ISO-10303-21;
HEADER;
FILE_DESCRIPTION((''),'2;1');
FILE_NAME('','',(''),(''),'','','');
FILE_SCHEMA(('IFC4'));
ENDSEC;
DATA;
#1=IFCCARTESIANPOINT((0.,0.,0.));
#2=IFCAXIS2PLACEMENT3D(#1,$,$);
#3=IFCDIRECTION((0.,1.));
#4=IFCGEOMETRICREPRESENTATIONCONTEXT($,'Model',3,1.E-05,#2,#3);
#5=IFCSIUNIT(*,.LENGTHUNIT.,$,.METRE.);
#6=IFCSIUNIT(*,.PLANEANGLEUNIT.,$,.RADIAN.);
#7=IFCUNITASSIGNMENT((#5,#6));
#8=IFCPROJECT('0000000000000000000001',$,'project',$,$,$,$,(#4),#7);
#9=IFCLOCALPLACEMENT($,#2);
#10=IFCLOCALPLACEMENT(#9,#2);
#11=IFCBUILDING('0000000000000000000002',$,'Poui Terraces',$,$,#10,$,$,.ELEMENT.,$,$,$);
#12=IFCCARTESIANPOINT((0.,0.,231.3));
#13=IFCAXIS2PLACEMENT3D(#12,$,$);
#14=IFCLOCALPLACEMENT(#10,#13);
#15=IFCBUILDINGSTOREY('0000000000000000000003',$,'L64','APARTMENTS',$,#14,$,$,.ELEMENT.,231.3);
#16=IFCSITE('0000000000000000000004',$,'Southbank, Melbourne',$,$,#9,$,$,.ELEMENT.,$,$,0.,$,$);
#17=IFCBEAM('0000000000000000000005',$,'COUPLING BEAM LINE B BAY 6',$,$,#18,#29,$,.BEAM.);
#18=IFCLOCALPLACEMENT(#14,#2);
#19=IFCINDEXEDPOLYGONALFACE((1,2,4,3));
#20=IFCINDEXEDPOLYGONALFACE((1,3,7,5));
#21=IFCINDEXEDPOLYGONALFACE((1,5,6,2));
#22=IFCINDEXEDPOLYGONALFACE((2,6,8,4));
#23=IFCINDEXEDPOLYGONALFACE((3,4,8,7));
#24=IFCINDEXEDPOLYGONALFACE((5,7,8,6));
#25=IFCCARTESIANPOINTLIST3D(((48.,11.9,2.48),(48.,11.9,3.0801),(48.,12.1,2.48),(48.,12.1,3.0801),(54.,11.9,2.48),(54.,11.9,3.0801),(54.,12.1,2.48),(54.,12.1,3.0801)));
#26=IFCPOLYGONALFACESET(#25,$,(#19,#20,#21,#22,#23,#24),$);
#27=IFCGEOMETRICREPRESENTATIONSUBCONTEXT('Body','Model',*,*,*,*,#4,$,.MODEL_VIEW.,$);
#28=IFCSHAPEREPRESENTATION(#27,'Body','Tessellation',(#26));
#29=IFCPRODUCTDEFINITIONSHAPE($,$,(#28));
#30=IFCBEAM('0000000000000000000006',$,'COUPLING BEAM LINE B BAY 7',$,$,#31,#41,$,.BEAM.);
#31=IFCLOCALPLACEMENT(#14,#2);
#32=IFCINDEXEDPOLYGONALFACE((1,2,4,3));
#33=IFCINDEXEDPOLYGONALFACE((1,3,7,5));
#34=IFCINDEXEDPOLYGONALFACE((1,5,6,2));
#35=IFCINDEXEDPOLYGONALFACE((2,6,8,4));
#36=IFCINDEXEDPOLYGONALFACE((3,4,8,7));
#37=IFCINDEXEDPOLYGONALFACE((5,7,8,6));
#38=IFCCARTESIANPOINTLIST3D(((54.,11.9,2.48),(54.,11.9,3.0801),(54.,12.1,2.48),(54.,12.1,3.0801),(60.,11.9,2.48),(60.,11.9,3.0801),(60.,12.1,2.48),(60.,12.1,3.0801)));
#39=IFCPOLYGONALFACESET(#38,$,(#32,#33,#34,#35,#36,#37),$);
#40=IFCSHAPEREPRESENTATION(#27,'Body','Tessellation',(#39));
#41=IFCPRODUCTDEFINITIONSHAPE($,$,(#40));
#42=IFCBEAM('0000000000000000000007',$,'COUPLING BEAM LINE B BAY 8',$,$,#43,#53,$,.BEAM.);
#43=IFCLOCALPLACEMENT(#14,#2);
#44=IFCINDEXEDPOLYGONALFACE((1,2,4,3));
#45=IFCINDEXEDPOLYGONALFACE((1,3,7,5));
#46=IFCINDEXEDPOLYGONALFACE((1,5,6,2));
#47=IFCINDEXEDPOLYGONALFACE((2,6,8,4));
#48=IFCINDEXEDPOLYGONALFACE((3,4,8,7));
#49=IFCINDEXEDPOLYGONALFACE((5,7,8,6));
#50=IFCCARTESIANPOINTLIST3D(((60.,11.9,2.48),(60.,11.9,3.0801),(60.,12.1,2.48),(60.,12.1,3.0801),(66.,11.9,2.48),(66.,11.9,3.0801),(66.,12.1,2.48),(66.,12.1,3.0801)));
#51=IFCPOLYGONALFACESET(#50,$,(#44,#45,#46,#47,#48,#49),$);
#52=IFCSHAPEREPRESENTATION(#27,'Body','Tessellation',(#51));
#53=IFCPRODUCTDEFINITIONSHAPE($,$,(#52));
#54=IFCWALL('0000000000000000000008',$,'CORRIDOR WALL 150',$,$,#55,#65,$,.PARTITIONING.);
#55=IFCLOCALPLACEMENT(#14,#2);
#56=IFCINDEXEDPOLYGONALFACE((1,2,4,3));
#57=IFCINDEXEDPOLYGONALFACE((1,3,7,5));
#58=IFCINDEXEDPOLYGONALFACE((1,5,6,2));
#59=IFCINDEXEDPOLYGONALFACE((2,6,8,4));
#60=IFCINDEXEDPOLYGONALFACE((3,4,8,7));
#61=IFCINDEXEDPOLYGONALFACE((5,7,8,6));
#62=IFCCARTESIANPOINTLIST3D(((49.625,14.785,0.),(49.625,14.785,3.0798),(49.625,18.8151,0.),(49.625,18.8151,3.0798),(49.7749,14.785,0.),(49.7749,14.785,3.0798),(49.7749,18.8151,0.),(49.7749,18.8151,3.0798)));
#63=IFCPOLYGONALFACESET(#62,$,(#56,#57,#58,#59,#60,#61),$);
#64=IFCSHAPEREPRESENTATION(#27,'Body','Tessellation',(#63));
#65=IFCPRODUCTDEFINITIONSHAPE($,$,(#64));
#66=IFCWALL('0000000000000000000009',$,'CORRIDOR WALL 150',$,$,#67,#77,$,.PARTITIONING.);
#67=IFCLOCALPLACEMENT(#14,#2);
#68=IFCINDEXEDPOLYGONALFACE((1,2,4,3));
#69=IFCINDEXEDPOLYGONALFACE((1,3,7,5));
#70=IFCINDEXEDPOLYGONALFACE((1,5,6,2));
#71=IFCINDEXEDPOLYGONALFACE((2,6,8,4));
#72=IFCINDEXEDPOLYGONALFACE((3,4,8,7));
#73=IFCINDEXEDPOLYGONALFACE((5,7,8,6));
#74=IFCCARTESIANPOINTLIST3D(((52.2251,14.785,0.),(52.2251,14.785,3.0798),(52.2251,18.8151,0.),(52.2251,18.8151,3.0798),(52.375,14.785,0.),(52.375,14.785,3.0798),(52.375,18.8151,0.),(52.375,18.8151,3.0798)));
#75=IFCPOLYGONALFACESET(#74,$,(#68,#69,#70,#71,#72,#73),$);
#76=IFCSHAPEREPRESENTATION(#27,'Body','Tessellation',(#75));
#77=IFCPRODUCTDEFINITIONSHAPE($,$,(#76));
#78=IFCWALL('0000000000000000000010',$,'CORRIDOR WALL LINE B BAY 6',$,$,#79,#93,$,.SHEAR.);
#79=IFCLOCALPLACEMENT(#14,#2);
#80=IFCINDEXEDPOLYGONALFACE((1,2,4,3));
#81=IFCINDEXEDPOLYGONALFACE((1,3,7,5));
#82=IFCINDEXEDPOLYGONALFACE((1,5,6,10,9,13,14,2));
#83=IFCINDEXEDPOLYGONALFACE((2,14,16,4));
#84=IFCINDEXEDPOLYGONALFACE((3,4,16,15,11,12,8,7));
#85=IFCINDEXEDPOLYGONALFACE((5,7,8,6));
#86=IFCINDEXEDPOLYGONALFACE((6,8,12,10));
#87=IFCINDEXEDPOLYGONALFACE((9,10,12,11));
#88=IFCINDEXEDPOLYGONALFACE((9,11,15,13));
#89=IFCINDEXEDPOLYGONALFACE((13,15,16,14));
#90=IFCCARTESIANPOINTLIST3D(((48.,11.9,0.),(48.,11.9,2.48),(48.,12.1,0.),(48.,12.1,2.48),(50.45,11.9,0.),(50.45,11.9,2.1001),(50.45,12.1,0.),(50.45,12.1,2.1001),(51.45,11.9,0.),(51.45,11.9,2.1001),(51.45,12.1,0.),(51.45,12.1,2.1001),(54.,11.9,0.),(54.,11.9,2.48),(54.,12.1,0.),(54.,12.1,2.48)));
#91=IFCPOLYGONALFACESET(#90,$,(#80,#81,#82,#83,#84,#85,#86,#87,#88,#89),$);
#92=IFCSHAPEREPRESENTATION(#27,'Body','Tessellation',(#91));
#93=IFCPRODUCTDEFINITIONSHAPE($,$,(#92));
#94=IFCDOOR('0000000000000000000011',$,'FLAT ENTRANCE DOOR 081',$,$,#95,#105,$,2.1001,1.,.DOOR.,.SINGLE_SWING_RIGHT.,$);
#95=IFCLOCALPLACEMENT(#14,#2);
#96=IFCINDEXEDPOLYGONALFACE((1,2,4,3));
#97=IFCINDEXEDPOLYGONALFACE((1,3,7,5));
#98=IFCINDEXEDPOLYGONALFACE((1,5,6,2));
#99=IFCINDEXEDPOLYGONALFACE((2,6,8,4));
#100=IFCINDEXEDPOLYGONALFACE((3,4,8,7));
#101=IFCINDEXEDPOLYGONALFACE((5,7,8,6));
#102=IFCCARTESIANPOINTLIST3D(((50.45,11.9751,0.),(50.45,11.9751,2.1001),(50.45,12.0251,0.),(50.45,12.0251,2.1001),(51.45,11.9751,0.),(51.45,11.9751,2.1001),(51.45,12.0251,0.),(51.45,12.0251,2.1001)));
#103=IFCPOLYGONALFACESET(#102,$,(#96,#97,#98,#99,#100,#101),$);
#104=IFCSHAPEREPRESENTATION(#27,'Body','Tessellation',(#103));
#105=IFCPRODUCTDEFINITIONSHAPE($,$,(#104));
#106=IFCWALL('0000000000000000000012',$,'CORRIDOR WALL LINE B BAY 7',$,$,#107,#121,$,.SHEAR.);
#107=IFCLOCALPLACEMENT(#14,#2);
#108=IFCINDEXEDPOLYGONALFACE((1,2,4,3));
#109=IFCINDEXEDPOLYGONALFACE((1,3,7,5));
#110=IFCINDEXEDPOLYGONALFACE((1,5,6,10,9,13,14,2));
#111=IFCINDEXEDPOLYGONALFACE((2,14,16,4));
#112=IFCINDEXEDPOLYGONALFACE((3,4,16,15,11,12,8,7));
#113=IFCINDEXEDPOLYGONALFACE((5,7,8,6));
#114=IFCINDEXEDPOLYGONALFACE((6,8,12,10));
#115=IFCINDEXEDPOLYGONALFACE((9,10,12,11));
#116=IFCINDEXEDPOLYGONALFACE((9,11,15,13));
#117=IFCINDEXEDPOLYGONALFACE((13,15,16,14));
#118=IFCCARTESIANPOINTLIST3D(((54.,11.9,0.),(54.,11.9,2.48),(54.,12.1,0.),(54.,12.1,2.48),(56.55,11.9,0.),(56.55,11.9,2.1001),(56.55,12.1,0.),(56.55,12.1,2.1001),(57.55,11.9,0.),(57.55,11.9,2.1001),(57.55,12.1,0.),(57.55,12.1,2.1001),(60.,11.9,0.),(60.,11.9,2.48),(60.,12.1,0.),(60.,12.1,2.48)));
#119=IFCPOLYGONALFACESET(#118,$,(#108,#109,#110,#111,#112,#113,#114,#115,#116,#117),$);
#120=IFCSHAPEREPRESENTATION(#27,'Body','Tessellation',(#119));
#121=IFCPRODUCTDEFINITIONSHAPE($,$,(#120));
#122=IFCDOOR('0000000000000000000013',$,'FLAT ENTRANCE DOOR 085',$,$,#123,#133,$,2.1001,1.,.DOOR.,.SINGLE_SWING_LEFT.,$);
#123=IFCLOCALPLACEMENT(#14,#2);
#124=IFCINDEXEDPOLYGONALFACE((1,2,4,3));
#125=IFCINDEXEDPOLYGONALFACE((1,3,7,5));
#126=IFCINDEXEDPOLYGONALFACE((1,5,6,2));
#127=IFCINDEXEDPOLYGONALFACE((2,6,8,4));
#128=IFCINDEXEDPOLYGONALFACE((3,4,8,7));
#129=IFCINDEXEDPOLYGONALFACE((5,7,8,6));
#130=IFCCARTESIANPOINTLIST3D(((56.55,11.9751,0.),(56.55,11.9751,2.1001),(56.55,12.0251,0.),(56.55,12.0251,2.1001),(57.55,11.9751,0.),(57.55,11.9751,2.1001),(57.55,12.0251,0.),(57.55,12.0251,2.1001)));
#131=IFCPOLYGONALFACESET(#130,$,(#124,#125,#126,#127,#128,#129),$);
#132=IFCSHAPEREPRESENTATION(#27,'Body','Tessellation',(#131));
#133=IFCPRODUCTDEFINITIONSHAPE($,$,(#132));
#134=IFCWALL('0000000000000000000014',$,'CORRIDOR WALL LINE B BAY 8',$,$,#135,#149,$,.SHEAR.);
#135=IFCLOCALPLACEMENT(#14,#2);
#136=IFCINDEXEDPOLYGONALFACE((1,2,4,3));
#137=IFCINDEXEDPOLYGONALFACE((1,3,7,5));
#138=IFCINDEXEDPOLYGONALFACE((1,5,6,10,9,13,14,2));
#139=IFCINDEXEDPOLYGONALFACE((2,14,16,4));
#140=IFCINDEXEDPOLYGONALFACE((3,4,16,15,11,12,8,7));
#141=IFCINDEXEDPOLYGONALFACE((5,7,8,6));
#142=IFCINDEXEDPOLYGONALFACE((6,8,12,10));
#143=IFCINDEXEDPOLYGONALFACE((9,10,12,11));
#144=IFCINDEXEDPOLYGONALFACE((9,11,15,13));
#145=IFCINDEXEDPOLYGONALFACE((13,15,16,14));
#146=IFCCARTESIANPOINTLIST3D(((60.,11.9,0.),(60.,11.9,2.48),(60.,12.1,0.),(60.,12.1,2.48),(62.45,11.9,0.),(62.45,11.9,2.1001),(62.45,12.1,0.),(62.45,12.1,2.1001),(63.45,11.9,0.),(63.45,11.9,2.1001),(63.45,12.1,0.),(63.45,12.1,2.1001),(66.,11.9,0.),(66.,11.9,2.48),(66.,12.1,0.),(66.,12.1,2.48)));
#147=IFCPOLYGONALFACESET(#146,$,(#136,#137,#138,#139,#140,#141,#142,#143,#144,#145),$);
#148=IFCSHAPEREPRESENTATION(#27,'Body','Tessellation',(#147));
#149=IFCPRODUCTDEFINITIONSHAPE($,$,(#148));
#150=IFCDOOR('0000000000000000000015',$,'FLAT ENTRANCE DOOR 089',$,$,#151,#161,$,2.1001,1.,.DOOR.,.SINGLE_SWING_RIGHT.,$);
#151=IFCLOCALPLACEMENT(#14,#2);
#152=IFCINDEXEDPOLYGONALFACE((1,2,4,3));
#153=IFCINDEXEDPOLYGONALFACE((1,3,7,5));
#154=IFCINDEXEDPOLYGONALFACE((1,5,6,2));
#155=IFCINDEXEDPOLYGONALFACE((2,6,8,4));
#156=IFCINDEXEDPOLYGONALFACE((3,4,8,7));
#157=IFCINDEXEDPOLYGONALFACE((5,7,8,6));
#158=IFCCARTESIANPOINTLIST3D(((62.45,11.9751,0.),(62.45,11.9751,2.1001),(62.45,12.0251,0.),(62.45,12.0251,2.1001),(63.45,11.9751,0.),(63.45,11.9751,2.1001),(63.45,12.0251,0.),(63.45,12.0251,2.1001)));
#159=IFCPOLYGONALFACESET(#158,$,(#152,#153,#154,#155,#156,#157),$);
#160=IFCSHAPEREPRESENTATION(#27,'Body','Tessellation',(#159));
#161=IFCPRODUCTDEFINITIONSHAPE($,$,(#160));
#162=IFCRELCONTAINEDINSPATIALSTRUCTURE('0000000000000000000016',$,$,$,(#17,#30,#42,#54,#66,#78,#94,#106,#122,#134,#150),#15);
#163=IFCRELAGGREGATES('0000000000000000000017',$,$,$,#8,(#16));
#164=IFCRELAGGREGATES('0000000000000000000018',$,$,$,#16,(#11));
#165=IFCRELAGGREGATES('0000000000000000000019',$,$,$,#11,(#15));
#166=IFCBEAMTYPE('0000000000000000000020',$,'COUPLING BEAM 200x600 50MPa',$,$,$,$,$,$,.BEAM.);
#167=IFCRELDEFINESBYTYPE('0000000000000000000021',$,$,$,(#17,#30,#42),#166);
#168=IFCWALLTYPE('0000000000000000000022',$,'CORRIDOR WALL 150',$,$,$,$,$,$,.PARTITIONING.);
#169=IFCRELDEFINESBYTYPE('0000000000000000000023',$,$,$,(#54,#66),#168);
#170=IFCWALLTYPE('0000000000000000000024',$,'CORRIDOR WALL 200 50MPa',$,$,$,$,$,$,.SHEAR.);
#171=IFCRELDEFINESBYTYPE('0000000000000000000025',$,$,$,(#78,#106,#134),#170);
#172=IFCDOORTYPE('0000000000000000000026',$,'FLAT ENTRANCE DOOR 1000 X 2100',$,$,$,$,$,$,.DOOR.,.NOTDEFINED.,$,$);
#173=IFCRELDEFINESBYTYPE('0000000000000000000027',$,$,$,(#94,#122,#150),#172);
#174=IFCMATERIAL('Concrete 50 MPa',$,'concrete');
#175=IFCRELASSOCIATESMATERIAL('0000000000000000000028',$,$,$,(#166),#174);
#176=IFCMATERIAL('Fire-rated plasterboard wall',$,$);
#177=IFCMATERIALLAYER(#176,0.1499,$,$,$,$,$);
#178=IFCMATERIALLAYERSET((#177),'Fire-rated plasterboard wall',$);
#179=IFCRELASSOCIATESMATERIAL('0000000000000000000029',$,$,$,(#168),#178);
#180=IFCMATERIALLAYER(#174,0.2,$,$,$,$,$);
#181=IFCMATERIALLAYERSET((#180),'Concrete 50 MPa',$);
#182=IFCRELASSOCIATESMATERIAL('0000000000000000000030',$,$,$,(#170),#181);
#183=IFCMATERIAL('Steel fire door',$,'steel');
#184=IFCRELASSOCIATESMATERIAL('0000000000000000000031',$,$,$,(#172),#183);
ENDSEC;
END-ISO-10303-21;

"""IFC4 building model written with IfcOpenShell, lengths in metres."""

from ifc_helpers import new_model, si_unit, direction, frame, frame_2d, origin, origin_2d, place, context, subcontext, project, spatial, rectangle, extrude, source, transform, mapped, material, layer, layer_set, material_profile, profile_set, type_object, element, fill, save


model = new_model("IFC4")

# Units and contexts
model_context = context("Model", 3, precision=1e-05, world=origin(), true_north=direction((0.0, 1.0)))
body_context = subcontext(model_context, "Body", "Model", "MODEL_VIEW")
ifc_project = project(units=[si_unit("LENGTHUNIT", "METRE"), si_unit("PLANEANGLEUNIT", "RADIAN")], contexts=[model_context])

# Site, building, storey
site_placement = place(None, origin())
site = spatial("IfcSite", under=ifc_project, at=site_placement, Name="Southbank, Melbourne", CompositionType="ELEMENT", RefElevation=0.0)
building_placement = place(site_placement, origin())
building = spatial("IfcBuilding", under=site, at=building_placement, Name="Poui Terraces", CompositionType="ELEMENT")
storey_placement = place(building_placement, frame((0.0, 0.0, 231.3)))
storey = spatial("IfcBuildingStorey", under=building, at=storey_placement, Name="L64", Description="APARTMENTS", CompositionType="ELEMENT", Elevation=231.3)

# Beams
ifc_material_1 = material(Name="Concrete 50 MPa", Category="concrete")
ifc_material_profile = material_profile(ifc_material_1, rectangle(XDim=0.2, YDim=0.6001, at=origin_2d()), Name="RC 200x600")
ifc_profile_set = profile_set([ifc_material_profile], Name="Concrete 50 MPa")
beam_type = type_object("IfcBeamType", Name="COUPLING BEAM 200x600 50MPa", PredefinedType="BEAM", material=ifc_profile_set)
shared_shape = source(origin(), body_context, "Body", "SweptSolid", [
    extrude(rectangle(XDim=0.2, YDim=0.6001, at=origin_2d()), origin(), (0.0, 0.0, 1.0), 6.0),
])
for number, where, z_axis, x_axis, name in (
    (1, (48.0, 12.0, 2.78), (1.0, 0.0, 0.0), (0.0, 1.0, 0.0), "COUPLING BEAM LINE B BAY 6"),
    (2, (54.0, 12.0, 2.78), (1.0, 0.0, 0.0), (0.0, 1.0, 0.0), "COUPLING BEAM LINE B BAY 7"),
    (3, (60.0, 12.0, 2.78), (1.0, 0.0, 0.0), (0.0, 1.0, 0.0), "COUPLING BEAM LINE B BAY 8"),
):
    element("IfcBeam", number, at=place(storey_placement, frame(where, z_axis=z_axis, x_axis=x_axis)), inside=storey, type_object=beam_type, Name=name, PredefinedType="BEAM", context=body_context, shape_type="MappedRepresentation", body=[
        mapped(shared_shape, transform((0.0, 0.0, 0.0))),
    ])

# Walls
ifc_material_2 = material(Name="Fire-rated plasterboard wall")
ifc_layer_1 = layer(ifc_material_2, 0.1499)
ifc_layer_set_1 = layer_set([ifc_layer_1], Name="Fire-rated plasterboard wall")
wall_type_1 = type_object("IfcWallType", Name="CORRIDOR WALL 150", PredefinedType="PARTITIONING", material=ifc_layer_set_1)
for number, where, z_axis, x_axis, name in (
    (4, (49.7, 14.7849, 0.0), (0.0, 0.0, 1.0), (0.0, 1.0, 0.0), "CORRIDOR WALL 150"),
    (5, (52.3, 14.7849, 0.0), (0.0, 0.0, 1.0), (0.0, 1.0, 0.0), "CORRIDOR WALL 150"),
):
    element("IfcWall", number, at=place(storey_placement, frame(where, z_axis=z_axis, x_axis=x_axis)), inside=storey, type_object=wall_type_1, Name=name, PredefinedType="PARTITIONING", context=body_context, shape_type="SweptSolid", body=[
        extrude(rectangle(XDim=4.03, YDim=0.1499, at=frame_2d((2.0151, 0.0))), origin(), (0.0, 0.0, 1.0), 3.0798),
    ])

# Walls, openings, doors
ifc_layer_2 = layer(ifc_material_1, 0.2)
ifc_layer_set_2 = layer_set([ifc_layer_2], Name="Concrete 50 MPa")
wall_type_2 = type_object("IfcWallType", Name="CORRIDOR WALL 200 50MPa", PredefinedType="SHEAR", material=ifc_layer_set_2)
wall_1_placement = place(storey_placement, frame((48.0, 12.0, 0.0), z_axis=(0.0, 0.0, 1.0), x_axis=(1.0, 0.0, 0.0)))
wall_1 = element("IfcWall", 6, at=wall_1_placement, inside=storey, type_object=wall_type_2, Name="CORRIDOR WALL LINE B BAY 6", PredefinedType="SHEAR", context=body_context, shape_type="SweptSolid", body=[
    extrude(rectangle(XDim=6.0, YDim=0.2, at=frame_2d((3.0, 0.0))), origin(), (0.0, 0.0, 1.0), 2.48),
])
opening_1_placement = place(wall_1_placement, frame((2.45, 0.0, 0.0)))
opening_1 = element("IfcOpeningElement", 7, at=opening_1_placement, cuts=wall_1, PredefinedType="OPENING", context=body_context, shape_type="SweptSolid", body=[
    extrude(rectangle(XDim=1.0, YDim=2.1001, at=frame_2d((0.5, 1.05))), frame((0.0, 0.1099, 0.0), z_axis=(0.0, -1.0, 0.0), x_axis=(1.0, 0.0, 0.0)), (0.0, 0.0, 1.0), 0.22),
])
ifc_material_3 = material(Name="Steel fire door", Category="steel")
door_type_1 = type_object("IfcDoorType", Name="FLAT ENTRANCE DOOR 1000 X 2100", OperationType="NOTDEFINED", PredefinedType="DOOR", material=ifc_material_3)
door_1_placement = place(opening_1_placement, frame((1.0, 0.0, 0.0), z_axis=(0.0, 0.0, 1.0), x_axis=(-1.0, 0.0, 0.0)))
door_1 = element("IfcDoor", 8, at=door_1_placement, inside=storey, type_object=door_type_1, Name="FLAT ENTRANCE DOOR 081", OperationType="SINGLE_SWING_RIGHT", OverallHeight=2.1001, OverallWidth=1.0, PredefinedType="DOOR", context=body_context, shape_type="SweptSolid", body=[
    extrude(rectangle(XDim=1.0, YDim=2.1001, at=frame_2d((0.5, 1.05))), frame((0.0, 0.0249, 0.0), z_axis=(0.0, -1.0, 0.0), x_axis=(1.0, 0.0, 0.0)), (0.0, 0.0, 1.0), 0.05),
])
fill(opening_1, door_1)
wall_2_placement = place(storey_placement, frame((54.0, 12.0, 0.0), z_axis=(0.0, 0.0, 1.0), x_axis=(1.0, 0.0, 0.0)))
wall_2 = element("IfcWall", 9, at=wall_2_placement, inside=storey, type_object=wall_type_2, Name="CORRIDOR WALL LINE B BAY 7", PredefinedType="SHEAR", context=body_context, shape_type="SweptSolid", body=[
    extrude(rectangle(XDim=6.0, YDim=0.2, at=frame_2d((3.0, 0.0))), origin(), (0.0, 0.0, 1.0), 2.48),
])
opening_2_placement = place(wall_2_placement, frame((2.55, 0.0, 0.0)))
opening_2 = element("IfcOpeningElement", 10, at=opening_2_placement, cuts=wall_2, PredefinedType="OPENING", context=body_context, shape_type="SweptSolid", body=[
    extrude(rectangle(XDim=1.0, YDim=2.1001, at=frame_2d((0.5, 1.05))), frame((0.0, 0.1099, 0.0), z_axis=(0.0, -1.0, 0.0), x_axis=(1.0, 0.0, 0.0)), (0.0, 0.0, 1.0), 0.22),
])
door_2_placement = place(opening_2_placement, frame((1.0, 0.0, 0.0), z_axis=(0.0, 0.0, 1.0), x_axis=(-1.0, 0.0, 0.0)))
door_2 = element("IfcDoor", 11, at=door_2_placement, inside=storey, type_object=door_type_1, Name="FLAT ENTRANCE DOOR 085", OperationType="SINGLE_SWING_LEFT", OverallHeight=2.1001, OverallWidth=1.0, PredefinedType="DOOR", context=body_context, shape_type="SweptSolid", body=[
    extrude(rectangle(XDim=1.0, YDim=2.1001, at=frame_2d((0.5, 1.05))), frame((0.0, 0.0249, 0.0), z_axis=(0.0, -1.0, 0.0), x_axis=(1.0, 0.0, 0.0)), (0.0, 0.0, 1.0), 0.05),
])
fill(opening_2, door_2)
wall_3_placement = place(storey_placement, frame((60.0, 12.0, 0.0), z_axis=(0.0, 0.0, 1.0), x_axis=(1.0, 0.0, 0.0)))
wall_3 = element("IfcWall", 12, at=wall_3_placement, inside=storey, type_object=wall_type_2, Name="CORRIDOR WALL LINE B BAY 8", PredefinedType="SHEAR", context=body_context, shape_type="SweptSolid", body=[
    extrude(rectangle(XDim=6.0, YDim=0.2, at=frame_2d((3.0, 0.0))), origin(), (0.0, 0.0, 1.0), 2.48),
])
opening_3_placement = place(wall_3_placement, frame((2.45, 0.0, 0.0)))
opening_3 = element("IfcOpeningElement", 13, at=opening_3_placement, cuts=wall_3, PredefinedType="OPENING", context=body_context, shape_type="SweptSolid", body=[
    extrude(rectangle(XDim=1.0, YDim=2.1001, at=frame_2d((0.5, 1.05))), frame((0.0, 0.1099, 0.0), z_axis=(0.0, -1.0, 0.0), x_axis=(1.0, 0.0, 0.0)), (0.0, 0.0, 1.0), 0.22),
])
door_3_placement = place(opening_3_placement, frame((1.0, 0.0, 0.0), z_axis=(0.0, 0.0, 1.0), x_axis=(-1.0, 0.0, 0.0)))
door_3 = element("IfcDoor", 14, at=door_3_placement, inside=storey, type_object=door_type_1, Name="FLAT ENTRANCE DOOR 089", OperationType="SINGLE_SWING_RIGHT", OverallHeight=2.1001, OverallWidth=1.0, PredefinedType="DOOR", context=body_context, shape_type="SweptSolid", body=[
    extrude(rectangle(XDim=1.0, YDim=2.1001, at=frame_2d((0.5, 1.05))), frame((0.0, 0.0249, 0.0), z_axis=(0.0, -1.0, 0.0), x_axis=(1.0, 0.0, 0.0)), (0.0, 0.0, 1.0), 0.05),
])
fill(opening_3, door_3)

save(model, "model.ifc")
